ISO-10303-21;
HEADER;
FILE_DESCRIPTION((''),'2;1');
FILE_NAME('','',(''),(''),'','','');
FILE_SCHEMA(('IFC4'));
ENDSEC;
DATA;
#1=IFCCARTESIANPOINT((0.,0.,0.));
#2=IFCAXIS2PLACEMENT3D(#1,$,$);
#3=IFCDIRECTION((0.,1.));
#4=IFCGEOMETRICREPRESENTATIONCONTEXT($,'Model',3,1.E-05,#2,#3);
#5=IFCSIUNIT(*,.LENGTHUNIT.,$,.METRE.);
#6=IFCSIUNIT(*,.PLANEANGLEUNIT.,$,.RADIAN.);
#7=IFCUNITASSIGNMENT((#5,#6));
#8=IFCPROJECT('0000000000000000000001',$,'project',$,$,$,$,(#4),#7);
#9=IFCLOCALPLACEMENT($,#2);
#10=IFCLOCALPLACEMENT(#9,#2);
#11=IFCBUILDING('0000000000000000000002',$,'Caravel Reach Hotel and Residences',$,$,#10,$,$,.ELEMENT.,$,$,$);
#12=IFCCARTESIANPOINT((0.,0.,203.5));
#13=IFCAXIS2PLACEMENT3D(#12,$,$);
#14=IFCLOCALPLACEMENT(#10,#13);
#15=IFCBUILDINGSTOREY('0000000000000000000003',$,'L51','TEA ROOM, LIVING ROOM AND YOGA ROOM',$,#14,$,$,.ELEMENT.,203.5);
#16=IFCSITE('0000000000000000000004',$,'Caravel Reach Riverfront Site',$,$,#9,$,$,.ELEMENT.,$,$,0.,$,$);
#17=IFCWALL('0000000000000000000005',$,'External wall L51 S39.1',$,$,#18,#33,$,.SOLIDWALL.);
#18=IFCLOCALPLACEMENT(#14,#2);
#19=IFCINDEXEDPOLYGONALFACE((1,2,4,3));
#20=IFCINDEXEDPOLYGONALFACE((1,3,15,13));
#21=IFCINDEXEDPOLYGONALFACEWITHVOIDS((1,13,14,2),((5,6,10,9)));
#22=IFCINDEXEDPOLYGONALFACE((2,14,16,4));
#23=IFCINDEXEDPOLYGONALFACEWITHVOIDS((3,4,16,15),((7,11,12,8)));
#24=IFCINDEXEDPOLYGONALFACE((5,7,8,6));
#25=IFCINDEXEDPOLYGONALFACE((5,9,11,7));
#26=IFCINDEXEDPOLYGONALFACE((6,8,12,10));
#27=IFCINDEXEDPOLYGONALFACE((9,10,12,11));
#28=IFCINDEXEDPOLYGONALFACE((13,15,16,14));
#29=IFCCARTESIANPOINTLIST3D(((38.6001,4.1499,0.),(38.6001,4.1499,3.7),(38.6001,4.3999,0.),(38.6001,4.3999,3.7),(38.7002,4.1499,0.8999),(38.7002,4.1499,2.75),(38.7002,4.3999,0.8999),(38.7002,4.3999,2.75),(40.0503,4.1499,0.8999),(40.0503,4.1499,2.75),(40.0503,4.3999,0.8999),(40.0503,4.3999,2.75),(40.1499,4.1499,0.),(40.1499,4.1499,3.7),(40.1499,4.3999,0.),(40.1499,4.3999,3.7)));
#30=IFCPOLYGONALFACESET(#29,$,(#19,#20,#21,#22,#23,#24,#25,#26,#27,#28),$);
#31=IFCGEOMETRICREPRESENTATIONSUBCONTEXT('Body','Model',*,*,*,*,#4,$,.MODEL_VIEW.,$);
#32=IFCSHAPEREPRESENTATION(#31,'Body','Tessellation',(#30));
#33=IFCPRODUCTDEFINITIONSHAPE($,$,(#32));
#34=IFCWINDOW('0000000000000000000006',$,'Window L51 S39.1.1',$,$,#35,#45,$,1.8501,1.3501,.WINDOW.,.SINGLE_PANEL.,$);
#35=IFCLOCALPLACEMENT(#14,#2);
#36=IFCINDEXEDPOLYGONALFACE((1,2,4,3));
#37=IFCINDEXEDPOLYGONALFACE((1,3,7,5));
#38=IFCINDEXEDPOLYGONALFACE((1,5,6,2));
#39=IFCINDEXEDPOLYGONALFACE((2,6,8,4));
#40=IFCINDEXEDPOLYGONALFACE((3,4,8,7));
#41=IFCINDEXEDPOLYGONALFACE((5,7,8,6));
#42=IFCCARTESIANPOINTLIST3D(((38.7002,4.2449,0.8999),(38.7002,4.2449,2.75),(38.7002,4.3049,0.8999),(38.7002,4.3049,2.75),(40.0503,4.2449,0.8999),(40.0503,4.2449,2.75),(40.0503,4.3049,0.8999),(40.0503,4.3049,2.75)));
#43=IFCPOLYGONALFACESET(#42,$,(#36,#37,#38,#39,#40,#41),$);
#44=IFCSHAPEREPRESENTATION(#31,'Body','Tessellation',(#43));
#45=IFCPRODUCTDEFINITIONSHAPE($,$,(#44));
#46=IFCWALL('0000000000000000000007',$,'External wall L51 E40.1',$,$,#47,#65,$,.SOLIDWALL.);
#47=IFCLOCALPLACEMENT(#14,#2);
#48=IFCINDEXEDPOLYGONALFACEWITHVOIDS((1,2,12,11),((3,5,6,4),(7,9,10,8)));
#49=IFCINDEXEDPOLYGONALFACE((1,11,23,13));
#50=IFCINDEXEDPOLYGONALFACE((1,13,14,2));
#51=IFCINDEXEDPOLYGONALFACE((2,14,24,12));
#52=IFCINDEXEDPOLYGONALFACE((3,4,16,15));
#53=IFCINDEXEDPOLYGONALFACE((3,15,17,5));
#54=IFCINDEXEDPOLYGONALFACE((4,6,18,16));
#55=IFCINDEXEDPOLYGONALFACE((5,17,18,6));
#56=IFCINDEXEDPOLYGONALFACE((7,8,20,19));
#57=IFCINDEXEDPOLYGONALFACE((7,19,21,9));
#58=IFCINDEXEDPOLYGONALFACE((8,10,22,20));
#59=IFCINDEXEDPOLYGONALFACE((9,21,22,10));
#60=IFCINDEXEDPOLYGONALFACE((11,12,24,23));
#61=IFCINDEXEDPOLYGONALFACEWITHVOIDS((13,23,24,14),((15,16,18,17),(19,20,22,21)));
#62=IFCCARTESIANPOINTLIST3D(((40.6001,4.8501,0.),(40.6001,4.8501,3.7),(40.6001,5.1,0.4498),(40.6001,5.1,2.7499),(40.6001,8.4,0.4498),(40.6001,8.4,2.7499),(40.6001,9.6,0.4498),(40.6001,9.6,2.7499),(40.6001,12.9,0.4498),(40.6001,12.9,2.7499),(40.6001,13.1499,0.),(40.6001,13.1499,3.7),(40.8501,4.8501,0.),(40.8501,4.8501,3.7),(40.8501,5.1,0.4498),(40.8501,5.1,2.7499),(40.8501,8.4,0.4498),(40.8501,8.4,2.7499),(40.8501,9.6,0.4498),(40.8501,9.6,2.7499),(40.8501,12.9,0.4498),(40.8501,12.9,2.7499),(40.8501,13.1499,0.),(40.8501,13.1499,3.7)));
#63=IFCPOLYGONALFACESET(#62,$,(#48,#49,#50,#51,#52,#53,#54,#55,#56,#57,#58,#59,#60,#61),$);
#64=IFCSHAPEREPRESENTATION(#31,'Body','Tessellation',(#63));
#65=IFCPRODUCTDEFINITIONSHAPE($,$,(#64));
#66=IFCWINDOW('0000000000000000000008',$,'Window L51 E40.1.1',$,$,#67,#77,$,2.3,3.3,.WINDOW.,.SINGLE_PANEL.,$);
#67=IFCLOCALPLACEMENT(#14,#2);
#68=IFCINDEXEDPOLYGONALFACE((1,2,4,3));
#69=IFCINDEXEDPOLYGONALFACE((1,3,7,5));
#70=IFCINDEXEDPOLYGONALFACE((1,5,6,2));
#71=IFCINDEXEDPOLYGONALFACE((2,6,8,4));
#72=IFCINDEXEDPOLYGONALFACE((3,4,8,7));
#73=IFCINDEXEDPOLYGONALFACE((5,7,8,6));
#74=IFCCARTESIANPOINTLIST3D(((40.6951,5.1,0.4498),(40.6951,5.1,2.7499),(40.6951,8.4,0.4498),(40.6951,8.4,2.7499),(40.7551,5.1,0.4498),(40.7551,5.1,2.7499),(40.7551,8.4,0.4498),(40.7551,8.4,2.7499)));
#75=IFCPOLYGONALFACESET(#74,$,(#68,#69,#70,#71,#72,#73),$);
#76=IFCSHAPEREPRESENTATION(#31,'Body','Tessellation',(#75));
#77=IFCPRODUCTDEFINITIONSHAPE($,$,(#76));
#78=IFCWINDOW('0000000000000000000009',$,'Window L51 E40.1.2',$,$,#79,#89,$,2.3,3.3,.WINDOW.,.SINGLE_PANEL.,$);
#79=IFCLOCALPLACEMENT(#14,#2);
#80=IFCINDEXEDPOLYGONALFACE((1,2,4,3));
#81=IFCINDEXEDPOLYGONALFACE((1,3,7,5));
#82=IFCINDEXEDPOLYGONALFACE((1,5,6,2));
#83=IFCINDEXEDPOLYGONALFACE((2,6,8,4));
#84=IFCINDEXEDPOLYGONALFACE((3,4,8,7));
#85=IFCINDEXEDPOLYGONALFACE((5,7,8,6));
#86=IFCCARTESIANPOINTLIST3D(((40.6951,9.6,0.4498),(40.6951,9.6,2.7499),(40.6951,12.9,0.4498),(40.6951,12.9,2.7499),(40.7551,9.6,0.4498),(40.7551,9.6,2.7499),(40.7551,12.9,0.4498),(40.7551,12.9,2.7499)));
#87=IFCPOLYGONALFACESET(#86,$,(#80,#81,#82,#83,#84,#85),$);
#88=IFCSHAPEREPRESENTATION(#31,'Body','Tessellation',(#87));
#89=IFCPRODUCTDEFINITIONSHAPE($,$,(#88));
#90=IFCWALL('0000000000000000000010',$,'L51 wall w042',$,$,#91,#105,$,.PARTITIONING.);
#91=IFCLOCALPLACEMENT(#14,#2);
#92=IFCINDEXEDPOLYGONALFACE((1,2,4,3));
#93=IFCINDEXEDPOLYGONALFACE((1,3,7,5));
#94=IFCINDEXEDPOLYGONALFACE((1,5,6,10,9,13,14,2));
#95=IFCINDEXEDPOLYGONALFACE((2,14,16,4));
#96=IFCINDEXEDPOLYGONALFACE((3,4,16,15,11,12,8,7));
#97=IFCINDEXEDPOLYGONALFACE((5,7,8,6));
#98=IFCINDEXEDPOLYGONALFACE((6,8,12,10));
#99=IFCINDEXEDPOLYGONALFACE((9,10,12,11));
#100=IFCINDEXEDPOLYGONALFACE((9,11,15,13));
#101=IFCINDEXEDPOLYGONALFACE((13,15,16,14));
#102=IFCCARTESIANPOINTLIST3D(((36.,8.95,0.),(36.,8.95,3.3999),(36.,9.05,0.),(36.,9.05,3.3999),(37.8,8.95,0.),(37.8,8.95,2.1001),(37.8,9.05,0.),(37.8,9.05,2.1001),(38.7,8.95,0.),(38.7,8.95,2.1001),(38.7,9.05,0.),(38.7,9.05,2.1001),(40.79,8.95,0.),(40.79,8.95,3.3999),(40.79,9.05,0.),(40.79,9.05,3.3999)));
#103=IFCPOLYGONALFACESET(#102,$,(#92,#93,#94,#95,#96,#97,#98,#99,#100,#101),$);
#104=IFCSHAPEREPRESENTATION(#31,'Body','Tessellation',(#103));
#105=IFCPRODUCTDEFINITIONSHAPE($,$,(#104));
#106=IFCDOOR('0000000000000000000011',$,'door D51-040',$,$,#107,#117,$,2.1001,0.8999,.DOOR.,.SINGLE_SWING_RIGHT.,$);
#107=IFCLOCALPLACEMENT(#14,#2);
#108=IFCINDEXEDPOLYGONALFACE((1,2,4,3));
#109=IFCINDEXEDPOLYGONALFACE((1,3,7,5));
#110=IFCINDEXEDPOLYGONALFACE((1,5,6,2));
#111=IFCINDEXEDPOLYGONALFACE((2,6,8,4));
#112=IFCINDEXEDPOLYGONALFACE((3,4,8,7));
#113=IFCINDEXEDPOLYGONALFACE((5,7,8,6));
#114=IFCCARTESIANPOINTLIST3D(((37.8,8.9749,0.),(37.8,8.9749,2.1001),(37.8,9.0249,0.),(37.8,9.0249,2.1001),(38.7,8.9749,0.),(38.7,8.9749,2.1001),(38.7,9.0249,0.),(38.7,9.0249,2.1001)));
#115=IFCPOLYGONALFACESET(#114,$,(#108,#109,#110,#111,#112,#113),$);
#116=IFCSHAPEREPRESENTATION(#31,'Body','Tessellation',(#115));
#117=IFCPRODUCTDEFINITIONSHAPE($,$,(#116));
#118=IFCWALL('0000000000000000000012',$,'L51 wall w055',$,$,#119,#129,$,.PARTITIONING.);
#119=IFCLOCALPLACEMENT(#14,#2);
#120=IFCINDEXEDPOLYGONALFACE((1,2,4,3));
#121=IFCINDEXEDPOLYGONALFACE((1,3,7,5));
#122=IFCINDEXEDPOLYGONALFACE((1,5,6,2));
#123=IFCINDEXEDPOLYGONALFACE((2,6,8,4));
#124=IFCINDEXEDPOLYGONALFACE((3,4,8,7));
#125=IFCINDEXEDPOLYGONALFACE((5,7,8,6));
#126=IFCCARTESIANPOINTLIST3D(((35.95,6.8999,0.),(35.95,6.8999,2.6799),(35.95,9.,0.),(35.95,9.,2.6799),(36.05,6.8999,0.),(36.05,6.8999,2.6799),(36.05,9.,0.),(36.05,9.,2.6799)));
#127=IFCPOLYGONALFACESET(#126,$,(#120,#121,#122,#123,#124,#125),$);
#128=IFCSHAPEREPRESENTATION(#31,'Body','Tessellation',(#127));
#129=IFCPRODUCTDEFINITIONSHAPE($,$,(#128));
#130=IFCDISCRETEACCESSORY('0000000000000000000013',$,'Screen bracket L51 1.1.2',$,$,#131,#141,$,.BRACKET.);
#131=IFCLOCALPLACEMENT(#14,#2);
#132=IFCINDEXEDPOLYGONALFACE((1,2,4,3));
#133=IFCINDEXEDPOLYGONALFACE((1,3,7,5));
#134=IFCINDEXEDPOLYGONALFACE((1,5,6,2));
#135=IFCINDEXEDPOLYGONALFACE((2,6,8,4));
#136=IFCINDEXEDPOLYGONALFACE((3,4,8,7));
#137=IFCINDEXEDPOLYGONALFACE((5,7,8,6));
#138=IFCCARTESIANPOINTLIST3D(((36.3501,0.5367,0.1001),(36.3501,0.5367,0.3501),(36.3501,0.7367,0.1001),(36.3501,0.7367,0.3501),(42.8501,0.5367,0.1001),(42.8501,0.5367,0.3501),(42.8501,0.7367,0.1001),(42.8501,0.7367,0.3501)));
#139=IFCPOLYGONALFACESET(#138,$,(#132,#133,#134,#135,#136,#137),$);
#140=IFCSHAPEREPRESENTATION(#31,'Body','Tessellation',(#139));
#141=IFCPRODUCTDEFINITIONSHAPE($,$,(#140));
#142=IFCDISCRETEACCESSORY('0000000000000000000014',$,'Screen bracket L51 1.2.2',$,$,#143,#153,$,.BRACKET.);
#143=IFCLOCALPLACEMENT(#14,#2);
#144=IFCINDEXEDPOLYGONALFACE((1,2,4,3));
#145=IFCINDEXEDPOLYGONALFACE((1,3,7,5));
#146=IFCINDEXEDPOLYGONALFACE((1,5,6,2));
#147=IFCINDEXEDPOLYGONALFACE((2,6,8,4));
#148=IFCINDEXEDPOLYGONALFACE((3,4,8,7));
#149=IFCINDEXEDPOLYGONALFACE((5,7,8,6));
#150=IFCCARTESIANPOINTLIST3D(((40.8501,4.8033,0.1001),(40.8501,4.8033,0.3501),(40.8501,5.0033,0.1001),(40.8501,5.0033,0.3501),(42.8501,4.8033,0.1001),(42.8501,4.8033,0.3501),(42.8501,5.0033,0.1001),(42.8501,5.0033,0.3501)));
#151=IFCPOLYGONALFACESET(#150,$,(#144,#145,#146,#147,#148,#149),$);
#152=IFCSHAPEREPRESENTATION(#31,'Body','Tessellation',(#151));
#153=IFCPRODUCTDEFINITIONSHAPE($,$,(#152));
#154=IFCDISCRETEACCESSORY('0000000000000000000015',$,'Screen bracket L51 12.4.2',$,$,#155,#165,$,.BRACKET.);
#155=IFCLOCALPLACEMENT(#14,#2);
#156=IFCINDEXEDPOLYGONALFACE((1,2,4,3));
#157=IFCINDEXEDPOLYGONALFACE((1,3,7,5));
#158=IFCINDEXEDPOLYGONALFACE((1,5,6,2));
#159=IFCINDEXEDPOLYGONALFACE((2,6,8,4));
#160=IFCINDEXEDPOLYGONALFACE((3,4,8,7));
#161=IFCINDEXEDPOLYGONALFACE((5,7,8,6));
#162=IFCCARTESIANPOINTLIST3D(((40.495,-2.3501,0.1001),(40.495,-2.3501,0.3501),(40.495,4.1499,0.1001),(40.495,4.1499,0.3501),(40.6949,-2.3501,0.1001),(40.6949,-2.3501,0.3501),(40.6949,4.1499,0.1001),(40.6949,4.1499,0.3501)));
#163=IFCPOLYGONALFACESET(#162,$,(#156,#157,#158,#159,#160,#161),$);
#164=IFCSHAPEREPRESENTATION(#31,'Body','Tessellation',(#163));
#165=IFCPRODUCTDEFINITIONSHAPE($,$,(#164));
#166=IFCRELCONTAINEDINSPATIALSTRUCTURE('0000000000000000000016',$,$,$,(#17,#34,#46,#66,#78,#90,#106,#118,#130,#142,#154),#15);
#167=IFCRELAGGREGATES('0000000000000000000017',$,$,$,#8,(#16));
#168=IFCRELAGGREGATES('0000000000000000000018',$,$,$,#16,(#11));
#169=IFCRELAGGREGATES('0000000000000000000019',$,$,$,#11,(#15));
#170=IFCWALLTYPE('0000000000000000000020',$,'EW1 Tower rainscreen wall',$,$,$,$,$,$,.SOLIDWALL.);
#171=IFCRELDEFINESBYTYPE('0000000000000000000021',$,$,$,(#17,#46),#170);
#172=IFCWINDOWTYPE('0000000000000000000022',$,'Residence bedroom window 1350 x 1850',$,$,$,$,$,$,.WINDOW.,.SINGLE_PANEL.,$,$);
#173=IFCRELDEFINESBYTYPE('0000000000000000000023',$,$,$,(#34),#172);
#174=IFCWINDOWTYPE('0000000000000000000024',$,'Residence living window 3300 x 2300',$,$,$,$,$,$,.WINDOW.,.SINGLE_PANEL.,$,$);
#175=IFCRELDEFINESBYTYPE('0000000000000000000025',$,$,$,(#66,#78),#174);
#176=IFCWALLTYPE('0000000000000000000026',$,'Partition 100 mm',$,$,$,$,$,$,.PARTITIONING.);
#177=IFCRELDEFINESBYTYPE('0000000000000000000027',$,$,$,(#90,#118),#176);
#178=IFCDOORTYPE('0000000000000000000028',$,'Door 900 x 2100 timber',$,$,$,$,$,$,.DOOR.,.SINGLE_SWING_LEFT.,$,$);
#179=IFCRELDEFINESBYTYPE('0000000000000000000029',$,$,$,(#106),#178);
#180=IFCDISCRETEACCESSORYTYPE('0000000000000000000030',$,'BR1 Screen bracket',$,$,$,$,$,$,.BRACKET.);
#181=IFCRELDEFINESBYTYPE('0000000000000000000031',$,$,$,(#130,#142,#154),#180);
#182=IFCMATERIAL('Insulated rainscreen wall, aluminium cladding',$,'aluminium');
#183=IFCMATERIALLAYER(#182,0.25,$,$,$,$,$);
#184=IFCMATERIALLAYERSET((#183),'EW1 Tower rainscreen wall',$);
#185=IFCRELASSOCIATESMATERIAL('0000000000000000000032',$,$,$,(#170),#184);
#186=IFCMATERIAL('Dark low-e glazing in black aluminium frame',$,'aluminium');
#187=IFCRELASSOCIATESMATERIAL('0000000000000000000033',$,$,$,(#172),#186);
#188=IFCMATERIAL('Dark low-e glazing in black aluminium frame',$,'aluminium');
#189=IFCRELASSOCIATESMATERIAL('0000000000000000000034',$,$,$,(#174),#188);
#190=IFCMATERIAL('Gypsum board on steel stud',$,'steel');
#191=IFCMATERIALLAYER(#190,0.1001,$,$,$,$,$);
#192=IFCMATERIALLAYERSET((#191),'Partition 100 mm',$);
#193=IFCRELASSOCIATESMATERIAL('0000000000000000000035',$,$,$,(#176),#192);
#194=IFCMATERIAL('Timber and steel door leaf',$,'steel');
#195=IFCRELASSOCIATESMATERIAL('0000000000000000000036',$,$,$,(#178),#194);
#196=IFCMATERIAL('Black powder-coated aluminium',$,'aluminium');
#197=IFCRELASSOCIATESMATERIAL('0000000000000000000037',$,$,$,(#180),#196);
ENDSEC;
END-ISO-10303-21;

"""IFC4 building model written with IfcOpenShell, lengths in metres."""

from ifc_helpers import new_model, si_unit, direction, frame, frame_2d, origin, origin_2d, place, context, subcontext, project, spatial, rectangle, extrude, material, layer, layer_set, type_object, element, fill, save


model = new_model("IFC4")

# Units and contexts
model_context = context("Model", 3, precision=1e-05, world=origin(), true_north=direction((0.0, 1.0)))
body_context = subcontext(model_context, "Body", "Model", "MODEL_VIEW")
ifc_project = project(units=[si_unit("LENGTHUNIT", "METRE"), si_unit("PLANEANGLEUNIT", "RADIAN")], contexts=[model_context])

# Site, building, storey
site_placement = place(None, origin())
site = spatial("IfcSite", under=ifc_project, at=site_placement, Name="Caravel Reach Riverfront Site", CompositionType="ELEMENT", RefElevation=0.0)
building_placement = place(site_placement, origin())
building = spatial("IfcBuilding", under=site, at=building_placement, Name="Caravel Reach Hotel and Residences", CompositionType="ELEMENT")
storey_placement = place(building_placement, frame((0.0, 0.0, 203.5)))
storey = spatial("IfcBuildingStorey", under=building, at=storey_placement, Name="L51", Description="TEA ROOM, LIVING ROOM AND YOGA ROOM", CompositionType="ELEMENT", Elevation=203.5)

# Wall, opening, window
ifc_material_1 = material(Name="Insulated rainscreen wall, aluminium cladding", Category="aluminium")
ifc_layer_1 = layer(ifc_material_1, 0.25)
ifc_layer_set_1 = layer_set([ifc_layer_1], Name="EW1 Tower rainscreen wall")
wall_type_1 = type_object("IfcWallType", Name="EW1 Tower rainscreen wall", PredefinedType="SOLIDWALL", material=ifc_layer_set_1)
ifc_material_2 = material(Name="Dark low-e glazing in black aluminium frame", Category="aluminium")
window_type_1 = type_object("IfcWindowType", Name="Residence bedroom window 1350 x 1850", PartitioningType="SINGLE_PANEL", PredefinedType="WINDOW", material=ifc_material_2)
wall_1_placement = place(storey_placement, frame((38.6001, 4.2749, 0.0), z_axis=(0.0, 0.0, 1.0), x_axis=(1.0, 0.0, 0.0)))
wall_1 = element("IfcWall", 1, at=wall_1_placement, inside=storey, type_object=wall_type_1, Name="External wall L51 S39.1", PredefinedType="SOLIDWALL", context=body_context, shape_type="SweptSolid", body=[
    extrude(rectangle(XDim=1.5498, YDim=0.25, at=frame_2d((0.7749, 0.0))), origin(), (0.0, 0.0, 1.0), 3.7),
])
opening_1_placement = place(wall_1_placement, frame((0.1001, 0.0, 0.8999)))
opening_1 = element("IfcOpeningElement", 2, at=opening_1_placement, cuts=wall_1, PredefinedType="OPENING", context=body_context, shape_type="SweptSolid", body=[
    extrude(rectangle(XDim=1.3501, YDim=1.8501, at=frame_2d((0.675, 0.925))), frame((0.0, 0.135, 0.0), z_axis=(0.0, -1.0, 0.0), x_axis=(1.0, 0.0, 0.0)), (0.0, 0.0, 1.0), 0.27),
])
window_1_placement = place(opening_1_placement, origin())
window_1 = element("IfcWindow", 3, at=window_1_placement, inside=storey, type_object=window_type_1, Name="Window L51 S39.1.1", OverallHeight=1.8501, OverallWidth=1.3501, PartitioningType="SINGLE_PANEL", PredefinedType="WINDOW", context=body_context, shape_type="SweptSolid", body=[
    extrude(rectangle(XDim=1.3501, YDim=1.8501, at=frame_2d((0.675, 0.925))), frame((0.0, 0.03, 0.0), z_axis=(0.0, -1.0, 0.0), x_axis=(1.0, 0.0, 0.0)), (0.0, 0.0, 1.0), 0.0601),
])
fill(opening_1, window_1)

# Wall, openings, windows
wall_2_placement = place(storey_placement, frame((40.7251, 4.8501, 0.0), z_axis=(0.0, 0.0, 1.0), x_axis=(0.0, 1.0, 0.0)))
wall_2 = element("IfcWall", 4, at=wall_2_placement, inside=storey, type_object=wall_type_1, Name="External wall L51 E40.1", PredefinedType="SOLIDWALL", context=body_context, shape_type="SweptSolid", body=[
    extrude(rectangle(XDim=8.2998, YDim=0.25, at=frame_2d((4.1499, 0.0))), origin(), (0.0, 0.0, 1.0), 3.7),
])
opening_2_placement = place(wall_2_placement, frame((0.25, 0.0, 0.45)))
opening_2 = element("IfcOpeningElement", 5, at=opening_2_placement, cuts=wall_2, PredefinedType="OPENING", context=body_context, shape_type="SweptSolid", body=[
    extrude(rectangle(XDim=3.3, YDim=2.3, at=frame_2d((1.6499, 1.1499))), frame((0.0, 0.135, 0.0), z_axis=(0.0, -1.0, 0.0), x_axis=(1.0, 0.0, 0.0)), (0.0, 0.0, 1.0), 0.27),
])
opening_3_placement = place(wall_2_placement, frame((4.75, 0.0, 0.45)))
opening_3 = element("IfcOpeningElement", 6, at=opening_3_placement, cuts=wall_2, PredefinedType="OPENING", context=body_context, shape_type="SweptSolid", body=[
    extrude(rectangle(XDim=3.3, YDim=2.3, at=frame_2d((1.6499, 1.1499))), frame((0.0, 0.135, 0.0), z_axis=(0.0, -1.0, 0.0), x_axis=(1.0, 0.0, 0.0)), (0.0, 0.0, 1.0), 0.27),
])
ifc_material_3 = material(Name="Dark low-e glazing in black aluminium frame", Category="aluminium")
window_type_2 = type_object("IfcWindowType", Name="Residence living window 3300 x 2300", PartitioningType="SINGLE_PANEL", PredefinedType="WINDOW", material=ifc_material_3)
window_2_placement = place(opening_2_placement, origin())
window_2 = element("IfcWindow", 7, at=window_2_placement, inside=storey, type_object=window_type_2, Name="Window L51 E40.1.1", OverallHeight=2.3, OverallWidth=3.3, PartitioningType="SINGLE_PANEL", PredefinedType="WINDOW", context=body_context, shape_type="SweptSolid", body=[
    extrude(rectangle(XDim=3.3, YDim=2.3, at=frame_2d((1.6499, 1.1499))), frame((0.0, 0.03, 0.0), z_axis=(0.0, -1.0, 0.0), x_axis=(1.0, 0.0, 0.0)), (0.0, 0.0, 1.0), 0.0601),
])
fill(opening_2, window_2)
window_3_placement = place(opening_3_placement, origin())
window_3 = element("IfcWindow", 8, at=window_3_placement, inside=storey, type_object=window_type_2, Name="Window L51 E40.1.2", OverallHeight=2.3, OverallWidth=3.3, PartitioningType="SINGLE_PANEL", PredefinedType="WINDOW", context=body_context, shape_type="SweptSolid", body=[
    extrude(rectangle(XDim=3.3, YDim=2.3, at=frame_2d((1.6499, 1.1499))), frame((0.0, 0.03, 0.0), z_axis=(0.0, -1.0, 0.0), x_axis=(1.0, 0.0, 0.0)), (0.0, 0.0, 1.0), 0.0601),
])
fill(opening_3, window_3)

# Wall, opening, door
ifc_material_4 = material(Name="Gypsum board on steel stud", Category="steel")
ifc_layer_2 = layer(ifc_material_4, 0.1001)
ifc_layer_set_2 = layer_set([ifc_layer_2], Name="Partition 100 mm")
wall_type_2 = type_object("IfcWallType", Name="Partition 100 mm", PredefinedType="PARTITIONING", material=ifc_layer_set_2)
wall_3_placement = place(storey_placement, frame((36.0, 9.0, 0.0), z_axis=(0.0, 0.0, 1.0), x_axis=(1.0, 0.0, 0.0)))
wall_3 = element("IfcWall", 9, at=wall_3_placement, inside=storey, type_object=wall_type_2, Name="L51 wall w042", PredefinedType="PARTITIONING", context=body_context, shape_type="SweptSolid", body=[
    extrude(rectangle(XDim=4.79, YDim=0.1001, at=frame_2d((2.395, 0.0))), origin(), (0.0, 0.0, 1.0), 3.3999),
])
opening_4_placement = place(wall_3_placement, frame((1.8, 0.0, 0.0)))
opening_4 = element("IfcOpeningElement", 10, at=opening_4_placement, cuts=wall_3, PredefinedType="OPENING", context=body_context, shape_type="SweptSolid", body=[
    extrude(rectangle(XDim=0.8999, YDim=2.1001, at=frame_2d((0.45, 1.05))), frame((0.0, 0.0601, 0.0), z_axis=(0.0, -1.0, 0.0), x_axis=(1.0, 0.0, 0.0)), (0.0, 0.0, 1.0), 0.1201),
])
ifc_material_5 = material(Name="Timber and steel door leaf", Category="steel")
door_type = type_object("IfcDoorType", Name="Door 900 x 2100 timber", OperationType="SINGLE_SWING_LEFT", PredefinedType="DOOR", material=ifc_material_5)
door_placement = place(opening_4_placement, origin())
door = element("IfcDoor", 11, at=door_placement, inside=storey, type_object=door_type, Name="door D51-040", OperationType="SINGLE_SWING_RIGHT", OverallHeight=2.1001, OverallWidth=0.8999, PredefinedType="DOOR", context=body_context, shape_type="SweptSolid", body=[
    extrude(rectangle(XDim=0.8999, YDim=2.1001, at=frame_2d((0.45, 1.05))), frame((0.0, 0.0249, 0.0), z_axis=(0.0, -1.0, 0.0), x_axis=(1.0, 0.0, 0.0)), (0.0, 0.0, 1.0), 0.05),
])
fill(opening_4, door)

# Wall
wall_4_placement = place(storey_placement, frame((36.0, 6.8999, 0.0), z_axis=(0.0, 0.0, 1.0), x_axis=(0.0, 1.0, 0.0)))
element("IfcWall", 12, at=wall_4_placement, inside=storey, type_object=wall_type_2, Name="L51 wall w055", PredefinedType="PARTITIONING", context=body_context, shape_type="SweptSolid", body=[
    extrude(rectangle(XDim=2.1001, YDim=0.1001, at=frame_2d((1.05, 0.0))), origin(), (0.0, 0.0, 1.0), 2.6799),
])

# Discrete accessories
ifc_material_6 = material(Name="Black powder-coated aluminium", Category="aluminium")
discrete_accessory_type = type_object("IfcDiscreteAccessoryType", Name="BR1 Screen bracket", PredefinedType="BRACKET", material=ifc_material_6)
discrete_accessory_1_placement = place(storey_placement, frame((39.6001, 0.6367, 0.1001), z_axis=(0.0, 0.0, 1.0), x_axis=(1.0, 0.0, 0.0)))
element("IfcDiscreteAccessory", 13, at=discrete_accessory_1_placement, inside=storey, type_object=discrete_accessory_type, Name="Screen bracket L51 1.1.2", PredefinedType="BRACKET", context=body_context, shape_type="SweptSolid", body=[
    extrude(rectangle(XDim=6.5, YDim=0.2, at=origin_2d()), origin(), (0.0, 0.0, 1.0), 0.25),
])
discrete_accessory_2_placement = place(storey_placement, frame((41.8501, 4.9033, 0.1001), z_axis=(0.0, 0.0, 1.0), x_axis=(1.0, 0.0, 0.0)))
element("IfcDiscreteAccessory", 14, at=discrete_accessory_2_placement, inside=storey, type_object=discrete_accessory_type, Name="Screen bracket L51 1.2.2", PredefinedType="BRACKET", context=body_context, shape_type="SweptSolid", body=[
    extrude(rectangle(XDim=2.0, YDim=0.2, at=origin_2d()), origin(), (0.0, 0.0, 1.0), 0.25),
])
discrete_accessory_3_placement = place(storey_placement, frame((40.595, 0.8999, 0.1001), z_axis=(0.0, 0.0, 1.0), x_axis=(0.0, -1.0, 0.0)))
element("IfcDiscreteAccessory", 15, at=discrete_accessory_3_placement, inside=storey, type_object=discrete_accessory_type, Name="Screen bracket L51 12.4.2", PredefinedType="BRACKET", context=body_context, shape_type="SweptSolid", body=[
    extrude(rectangle(XDim=6.5, YDim=0.2, at=origin_2d()), origin(), (0.0, 0.0, 1.0), 0.25),
])

save(model, "model.ifc")
